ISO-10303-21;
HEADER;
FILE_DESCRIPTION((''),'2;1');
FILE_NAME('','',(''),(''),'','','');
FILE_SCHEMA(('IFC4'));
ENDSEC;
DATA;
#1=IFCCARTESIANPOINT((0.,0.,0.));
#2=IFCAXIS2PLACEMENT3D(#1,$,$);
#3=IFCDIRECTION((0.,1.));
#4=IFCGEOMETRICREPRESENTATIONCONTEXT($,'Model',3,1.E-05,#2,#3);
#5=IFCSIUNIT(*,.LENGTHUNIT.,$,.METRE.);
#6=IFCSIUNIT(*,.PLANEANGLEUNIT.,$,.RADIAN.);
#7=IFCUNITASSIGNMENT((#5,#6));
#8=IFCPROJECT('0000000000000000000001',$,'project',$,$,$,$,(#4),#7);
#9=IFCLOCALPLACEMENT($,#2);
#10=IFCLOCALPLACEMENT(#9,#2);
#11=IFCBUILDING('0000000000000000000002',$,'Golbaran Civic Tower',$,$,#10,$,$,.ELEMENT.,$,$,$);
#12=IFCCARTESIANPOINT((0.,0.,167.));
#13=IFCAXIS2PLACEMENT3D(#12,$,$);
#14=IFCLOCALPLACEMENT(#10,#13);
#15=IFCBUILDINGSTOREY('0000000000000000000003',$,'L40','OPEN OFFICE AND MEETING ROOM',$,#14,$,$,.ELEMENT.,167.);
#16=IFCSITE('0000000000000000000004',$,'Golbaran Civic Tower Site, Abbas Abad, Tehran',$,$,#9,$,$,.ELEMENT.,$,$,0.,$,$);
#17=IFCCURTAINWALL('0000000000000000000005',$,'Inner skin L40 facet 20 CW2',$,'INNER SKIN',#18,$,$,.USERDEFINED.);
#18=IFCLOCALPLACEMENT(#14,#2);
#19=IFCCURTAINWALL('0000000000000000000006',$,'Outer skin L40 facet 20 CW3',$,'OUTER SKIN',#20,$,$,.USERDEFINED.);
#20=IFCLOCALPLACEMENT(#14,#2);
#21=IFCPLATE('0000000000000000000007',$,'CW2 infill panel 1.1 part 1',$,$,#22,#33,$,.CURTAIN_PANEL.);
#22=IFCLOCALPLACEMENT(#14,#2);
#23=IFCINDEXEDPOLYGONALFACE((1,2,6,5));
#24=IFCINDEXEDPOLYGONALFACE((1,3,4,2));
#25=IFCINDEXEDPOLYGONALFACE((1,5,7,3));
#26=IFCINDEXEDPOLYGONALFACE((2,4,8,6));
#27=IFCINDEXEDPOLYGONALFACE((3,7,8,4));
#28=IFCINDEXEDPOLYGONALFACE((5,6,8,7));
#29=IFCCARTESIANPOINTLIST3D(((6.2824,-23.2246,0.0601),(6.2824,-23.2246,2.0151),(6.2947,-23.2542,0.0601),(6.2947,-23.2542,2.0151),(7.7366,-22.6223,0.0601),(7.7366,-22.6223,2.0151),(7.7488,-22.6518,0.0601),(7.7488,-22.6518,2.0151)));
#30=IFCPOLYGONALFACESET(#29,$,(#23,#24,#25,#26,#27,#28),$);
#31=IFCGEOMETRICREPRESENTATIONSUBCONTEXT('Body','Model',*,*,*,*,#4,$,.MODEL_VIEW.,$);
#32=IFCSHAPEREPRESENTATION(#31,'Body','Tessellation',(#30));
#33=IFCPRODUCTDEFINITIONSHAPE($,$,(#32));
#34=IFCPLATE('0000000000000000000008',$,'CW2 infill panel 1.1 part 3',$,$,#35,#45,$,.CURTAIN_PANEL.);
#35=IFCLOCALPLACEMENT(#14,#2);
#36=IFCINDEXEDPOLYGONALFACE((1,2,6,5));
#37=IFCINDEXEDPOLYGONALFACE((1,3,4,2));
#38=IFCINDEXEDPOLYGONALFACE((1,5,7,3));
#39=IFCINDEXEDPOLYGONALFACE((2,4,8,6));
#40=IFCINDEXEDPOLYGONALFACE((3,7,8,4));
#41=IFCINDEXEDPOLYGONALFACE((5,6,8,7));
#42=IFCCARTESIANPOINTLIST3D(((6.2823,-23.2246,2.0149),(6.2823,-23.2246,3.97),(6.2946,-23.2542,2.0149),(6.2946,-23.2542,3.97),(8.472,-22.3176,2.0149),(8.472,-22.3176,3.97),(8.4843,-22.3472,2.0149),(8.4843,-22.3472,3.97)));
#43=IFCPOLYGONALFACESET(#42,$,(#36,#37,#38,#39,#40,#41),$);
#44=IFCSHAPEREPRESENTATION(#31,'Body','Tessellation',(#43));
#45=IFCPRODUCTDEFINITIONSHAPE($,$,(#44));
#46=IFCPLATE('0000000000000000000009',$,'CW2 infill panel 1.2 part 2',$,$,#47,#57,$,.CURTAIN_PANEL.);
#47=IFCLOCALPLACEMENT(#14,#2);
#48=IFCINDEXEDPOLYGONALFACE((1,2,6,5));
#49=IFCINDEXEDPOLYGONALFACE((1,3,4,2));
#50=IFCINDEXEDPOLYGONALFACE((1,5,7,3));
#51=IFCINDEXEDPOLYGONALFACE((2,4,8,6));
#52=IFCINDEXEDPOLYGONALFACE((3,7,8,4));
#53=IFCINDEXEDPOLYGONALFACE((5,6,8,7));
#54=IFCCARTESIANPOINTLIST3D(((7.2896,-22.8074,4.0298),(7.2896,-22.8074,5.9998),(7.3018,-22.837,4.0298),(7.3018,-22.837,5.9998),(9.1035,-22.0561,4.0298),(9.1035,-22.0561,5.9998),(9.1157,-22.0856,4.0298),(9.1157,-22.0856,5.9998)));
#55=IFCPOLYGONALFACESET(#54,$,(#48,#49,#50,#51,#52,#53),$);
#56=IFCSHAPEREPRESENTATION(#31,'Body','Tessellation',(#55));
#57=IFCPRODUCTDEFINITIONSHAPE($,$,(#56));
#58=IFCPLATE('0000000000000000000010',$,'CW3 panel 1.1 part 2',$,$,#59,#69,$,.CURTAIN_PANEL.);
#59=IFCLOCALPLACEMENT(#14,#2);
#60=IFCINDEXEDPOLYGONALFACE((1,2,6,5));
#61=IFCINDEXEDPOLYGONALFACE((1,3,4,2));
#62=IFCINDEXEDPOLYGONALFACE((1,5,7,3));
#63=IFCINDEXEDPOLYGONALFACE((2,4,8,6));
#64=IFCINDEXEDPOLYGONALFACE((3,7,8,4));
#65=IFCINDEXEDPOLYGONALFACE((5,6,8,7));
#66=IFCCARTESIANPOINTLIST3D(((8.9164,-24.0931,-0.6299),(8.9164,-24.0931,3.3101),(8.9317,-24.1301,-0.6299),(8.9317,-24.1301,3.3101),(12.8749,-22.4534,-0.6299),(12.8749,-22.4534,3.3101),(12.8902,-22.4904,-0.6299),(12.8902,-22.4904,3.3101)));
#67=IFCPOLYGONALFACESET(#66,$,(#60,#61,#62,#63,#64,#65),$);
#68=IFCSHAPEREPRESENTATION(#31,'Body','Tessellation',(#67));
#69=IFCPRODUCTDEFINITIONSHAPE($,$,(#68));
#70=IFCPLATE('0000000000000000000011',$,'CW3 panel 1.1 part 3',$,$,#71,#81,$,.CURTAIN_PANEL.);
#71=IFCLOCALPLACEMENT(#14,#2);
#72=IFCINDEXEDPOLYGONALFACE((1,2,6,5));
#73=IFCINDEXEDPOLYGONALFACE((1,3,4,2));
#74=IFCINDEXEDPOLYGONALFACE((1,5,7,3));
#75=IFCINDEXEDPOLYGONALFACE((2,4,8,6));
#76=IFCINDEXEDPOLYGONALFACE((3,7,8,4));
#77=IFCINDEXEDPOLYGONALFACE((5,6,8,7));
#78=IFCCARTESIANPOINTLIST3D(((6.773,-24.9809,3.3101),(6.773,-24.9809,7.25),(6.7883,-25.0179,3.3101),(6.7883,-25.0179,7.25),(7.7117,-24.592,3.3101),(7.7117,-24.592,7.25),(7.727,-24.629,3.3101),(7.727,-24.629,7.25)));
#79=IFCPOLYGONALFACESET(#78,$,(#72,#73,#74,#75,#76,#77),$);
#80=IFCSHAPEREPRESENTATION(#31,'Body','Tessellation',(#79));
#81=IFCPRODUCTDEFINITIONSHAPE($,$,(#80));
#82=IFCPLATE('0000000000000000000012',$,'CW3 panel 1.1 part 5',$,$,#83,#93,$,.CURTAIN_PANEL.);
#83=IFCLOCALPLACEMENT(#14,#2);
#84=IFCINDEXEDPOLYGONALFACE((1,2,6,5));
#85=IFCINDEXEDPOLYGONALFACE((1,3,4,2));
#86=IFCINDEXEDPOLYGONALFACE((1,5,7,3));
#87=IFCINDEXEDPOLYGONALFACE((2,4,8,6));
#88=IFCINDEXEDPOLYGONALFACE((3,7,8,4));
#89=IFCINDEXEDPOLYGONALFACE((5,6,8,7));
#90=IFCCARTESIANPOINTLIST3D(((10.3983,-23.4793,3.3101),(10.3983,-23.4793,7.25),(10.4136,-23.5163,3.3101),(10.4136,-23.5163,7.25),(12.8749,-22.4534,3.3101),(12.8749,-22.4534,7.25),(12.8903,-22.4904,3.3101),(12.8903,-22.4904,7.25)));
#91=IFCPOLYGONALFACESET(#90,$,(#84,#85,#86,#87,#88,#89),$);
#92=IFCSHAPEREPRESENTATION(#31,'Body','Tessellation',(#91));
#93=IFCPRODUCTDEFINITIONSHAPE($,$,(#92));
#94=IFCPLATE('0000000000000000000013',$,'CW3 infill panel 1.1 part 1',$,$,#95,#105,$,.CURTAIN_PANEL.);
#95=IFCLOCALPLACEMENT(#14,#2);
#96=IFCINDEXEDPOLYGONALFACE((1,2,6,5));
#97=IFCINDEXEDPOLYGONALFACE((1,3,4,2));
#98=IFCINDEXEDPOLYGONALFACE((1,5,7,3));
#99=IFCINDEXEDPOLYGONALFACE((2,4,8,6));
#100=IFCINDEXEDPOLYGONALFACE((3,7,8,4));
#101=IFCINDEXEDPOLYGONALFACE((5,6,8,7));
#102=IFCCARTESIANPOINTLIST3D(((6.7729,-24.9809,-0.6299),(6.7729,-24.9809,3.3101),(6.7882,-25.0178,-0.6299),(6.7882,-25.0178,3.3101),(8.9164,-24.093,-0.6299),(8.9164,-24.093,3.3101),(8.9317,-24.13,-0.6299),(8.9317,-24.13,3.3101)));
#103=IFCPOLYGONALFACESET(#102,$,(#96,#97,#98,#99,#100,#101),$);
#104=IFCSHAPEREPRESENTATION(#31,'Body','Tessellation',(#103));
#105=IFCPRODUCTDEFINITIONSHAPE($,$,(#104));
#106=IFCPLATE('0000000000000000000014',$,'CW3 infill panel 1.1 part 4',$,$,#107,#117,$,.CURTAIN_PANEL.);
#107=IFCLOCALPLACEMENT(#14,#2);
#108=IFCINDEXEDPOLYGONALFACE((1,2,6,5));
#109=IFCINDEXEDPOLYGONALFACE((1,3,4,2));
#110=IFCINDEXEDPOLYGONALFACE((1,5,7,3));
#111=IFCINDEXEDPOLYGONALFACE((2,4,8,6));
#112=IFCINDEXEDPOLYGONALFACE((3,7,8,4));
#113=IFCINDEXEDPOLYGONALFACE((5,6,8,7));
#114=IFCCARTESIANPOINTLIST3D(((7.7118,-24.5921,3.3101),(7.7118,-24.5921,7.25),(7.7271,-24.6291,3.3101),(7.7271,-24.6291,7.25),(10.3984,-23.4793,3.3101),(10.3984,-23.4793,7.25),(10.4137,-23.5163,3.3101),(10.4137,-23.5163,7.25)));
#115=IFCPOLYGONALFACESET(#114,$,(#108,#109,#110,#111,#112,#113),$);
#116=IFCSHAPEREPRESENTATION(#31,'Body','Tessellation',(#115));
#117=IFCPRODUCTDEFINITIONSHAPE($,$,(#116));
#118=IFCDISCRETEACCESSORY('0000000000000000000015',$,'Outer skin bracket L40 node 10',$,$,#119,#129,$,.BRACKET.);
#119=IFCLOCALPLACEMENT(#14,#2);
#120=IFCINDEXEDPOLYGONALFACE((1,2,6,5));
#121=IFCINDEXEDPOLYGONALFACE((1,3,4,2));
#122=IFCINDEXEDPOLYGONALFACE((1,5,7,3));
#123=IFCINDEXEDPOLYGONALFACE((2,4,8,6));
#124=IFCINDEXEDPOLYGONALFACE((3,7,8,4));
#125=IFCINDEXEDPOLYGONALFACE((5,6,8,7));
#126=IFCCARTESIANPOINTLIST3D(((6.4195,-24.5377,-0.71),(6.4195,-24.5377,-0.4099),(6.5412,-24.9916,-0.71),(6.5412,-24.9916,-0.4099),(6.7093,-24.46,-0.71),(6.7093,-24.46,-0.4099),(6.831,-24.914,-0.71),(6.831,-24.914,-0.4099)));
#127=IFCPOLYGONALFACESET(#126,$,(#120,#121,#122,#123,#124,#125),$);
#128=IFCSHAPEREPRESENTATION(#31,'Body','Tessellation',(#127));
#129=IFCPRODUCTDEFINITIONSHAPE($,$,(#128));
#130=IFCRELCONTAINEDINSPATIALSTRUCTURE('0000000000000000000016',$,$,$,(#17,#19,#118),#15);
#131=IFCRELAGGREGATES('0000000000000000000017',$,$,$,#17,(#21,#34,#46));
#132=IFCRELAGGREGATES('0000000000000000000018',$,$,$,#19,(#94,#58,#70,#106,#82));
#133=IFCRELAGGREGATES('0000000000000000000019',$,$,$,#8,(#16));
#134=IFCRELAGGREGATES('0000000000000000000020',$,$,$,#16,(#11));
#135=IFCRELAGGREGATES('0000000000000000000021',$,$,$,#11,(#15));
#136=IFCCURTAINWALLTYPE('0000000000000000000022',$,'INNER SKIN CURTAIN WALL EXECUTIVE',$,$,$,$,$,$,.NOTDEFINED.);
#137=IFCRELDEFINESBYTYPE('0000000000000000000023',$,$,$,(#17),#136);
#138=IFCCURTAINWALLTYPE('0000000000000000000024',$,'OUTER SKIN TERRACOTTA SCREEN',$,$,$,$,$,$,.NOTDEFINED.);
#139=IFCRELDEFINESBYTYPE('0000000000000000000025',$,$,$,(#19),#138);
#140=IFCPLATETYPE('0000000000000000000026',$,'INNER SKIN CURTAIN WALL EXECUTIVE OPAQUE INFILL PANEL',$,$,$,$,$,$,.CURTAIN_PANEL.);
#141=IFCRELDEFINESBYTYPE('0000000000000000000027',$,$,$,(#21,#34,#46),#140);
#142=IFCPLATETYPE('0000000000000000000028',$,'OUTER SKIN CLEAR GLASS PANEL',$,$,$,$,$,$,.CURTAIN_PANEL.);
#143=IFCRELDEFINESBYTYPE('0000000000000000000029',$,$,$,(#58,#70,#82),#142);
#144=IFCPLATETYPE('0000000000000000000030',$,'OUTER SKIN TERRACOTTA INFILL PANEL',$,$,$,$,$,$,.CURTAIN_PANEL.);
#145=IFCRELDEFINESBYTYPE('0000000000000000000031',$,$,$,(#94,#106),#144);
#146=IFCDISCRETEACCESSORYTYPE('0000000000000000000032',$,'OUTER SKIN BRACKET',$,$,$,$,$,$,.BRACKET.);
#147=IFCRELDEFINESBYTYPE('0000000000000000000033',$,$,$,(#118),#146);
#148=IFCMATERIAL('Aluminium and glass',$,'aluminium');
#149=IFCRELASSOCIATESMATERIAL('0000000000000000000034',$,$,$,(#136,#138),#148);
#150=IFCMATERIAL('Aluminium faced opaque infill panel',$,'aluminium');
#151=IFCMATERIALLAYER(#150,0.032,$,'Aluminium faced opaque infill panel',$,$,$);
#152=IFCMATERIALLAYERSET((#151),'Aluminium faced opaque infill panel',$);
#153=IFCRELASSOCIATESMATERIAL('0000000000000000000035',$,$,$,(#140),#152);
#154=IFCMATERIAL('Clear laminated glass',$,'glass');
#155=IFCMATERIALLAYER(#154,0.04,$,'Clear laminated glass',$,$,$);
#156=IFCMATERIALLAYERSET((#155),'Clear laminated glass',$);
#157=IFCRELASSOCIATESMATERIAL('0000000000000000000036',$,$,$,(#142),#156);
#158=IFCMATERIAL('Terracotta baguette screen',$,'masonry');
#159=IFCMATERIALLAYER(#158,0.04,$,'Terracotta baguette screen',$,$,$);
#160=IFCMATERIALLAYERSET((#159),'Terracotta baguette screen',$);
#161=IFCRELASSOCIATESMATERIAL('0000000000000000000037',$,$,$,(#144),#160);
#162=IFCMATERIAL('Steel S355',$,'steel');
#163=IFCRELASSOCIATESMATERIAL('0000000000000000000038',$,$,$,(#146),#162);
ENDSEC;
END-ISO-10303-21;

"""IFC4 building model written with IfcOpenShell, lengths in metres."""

from ifc_helpers import new_model, si_unit, direction, frame, origin, origin_2d, place, context, subcontext, project, spatial, rectangle, extrude, material, layer, layer_set, type_object, element, aggregate, save


model = new_model("IFC4")

# Units and contexts
model_context = context("Model", 3, precision=1e-05, world=origin(), true_north=direction((0.0, 1.0)))
body_context = subcontext(model_context, "Body", "Model", "MODEL_VIEW")
ifc_project = project(units=[si_unit("LENGTHUNIT", "METRE"), si_unit("PLANEANGLEUNIT", "RADIAN")], contexts=[model_context])

# Site, building, storey
site_placement = place(None, origin())
site = spatial("IfcSite", under=ifc_project, at=site_placement, Name="Golbaran Civic Tower Site, Abbas Abad, Tehran", CompositionType="ELEMENT", RefElevation=0.0)
building_placement = place(site_placement, origin())
building = spatial("IfcBuilding", under=site, at=building_placement, Name="Golbaran Civic Tower", CompositionType="ELEMENT")
storey_placement = place(building_placement, frame((0.0, 0.0, 167.0)))
storey = spatial("IfcBuildingStorey", under=building, at=storey_placement, Name="L40", Description="OPEN OFFICE AND MEETING ROOM", CompositionType="ELEMENT", Elevation=167.0)

# Shared definitions
ifc_material_1 = material(Name="Steel S355", Category="steel")

# Curtain wall
ifc_material_2 = material(Name="Aluminium and glass", Category="aluminium")
curtain_wall_type_1 = type_object("IfcCurtainWallType", Name="INNER SKIN CURTAIN WALL EXECUTIVE", PredefinedType="NOTDEFINED", material=ifc_material_2)
curtain_wall_1_placement = place(storey_placement, origin())
curtain_wall_1 = element("IfcCurtainWall", 1, at=curtain_wall_1_placement, inside=storey, type_object=curtain_wall_type_1, Name="Inner skin L40 facet 20 CW2", ObjectType="INNER SKIN", PredefinedType="USERDEFINED")

# Shared definitions
curtain_wall_type_2 = type_object("IfcCurtainWallType", Name="OUTER SKIN TERRACOTTA SCREEN", PredefinedType="NOTDEFINED", material=ifc_material_2)

# Curtain wall
curtain_wall_2_placement = place(storey_placement, origin())
curtain_wall_2 = element("IfcCurtainWall", 2, at=curtain_wall_2_placement, inside=storey, type_object=curtain_wall_type_2, Name="Outer skin L40 facet 20 CW3", ObjectType="OUTER SKIN", PredefinedType="USERDEFINED")

# Plates
ifc_material_3 = material(Name="Aluminium faced opaque infill panel", Category="aluminium")
ifc_layer_1 = layer(ifc_material_3, 0.032, Name="Aluminium faced opaque infill panel")
ifc_layer_set_1 = layer_set([ifc_layer_1], Name="Aluminium faced opaque infill panel")
plate_type_1 = type_object("IfcPlateType", Name="INNER SKIN CURTAIN WALL EXECUTIVE OPAQUE INFILL PANEL", PredefinedType="CURTAIN_PANEL", material=ifc_layer_set_1)
plate_1_placement = place(storey_placement, frame((7.0156, -22.9382, 0.0601), z_axis=(0.0, 0.0, 1.0), x_axis=(0.92388, 0.382683, 0.0)))
plate_1 = element("IfcPlate", 3, at=plate_1_placement, type_object=plate_type_1, Name="CW2 infill panel 1.1 part 1", PredefinedType="CURTAIN_PANEL", context=body_context, shape_type="SweptSolid", body=[
    extrude(rectangle(XDim=1.574, YDim=0.032, at=origin_2d()), origin(), (0.0, 0.0, 1.0), 1.9551),
])
plate_2_placement = place(storey_placement, frame((7.3833, -22.7859, 2.0149), z_axis=(0.0, 0.0, 1.0), x_axis=(0.92388, 0.382683, 0.0)))
plate_2 = element("IfcPlate", 4, at=plate_2_placement, type_object=plate_type_1, Name="CW2 infill panel 1.1 part 3", PredefinedType="CURTAIN_PANEL", context=body_context, shape_type="SweptSolid", body=[
    extrude(rectangle(XDim=2.3701, YDim=0.032, at=origin_2d()), origin(), (0.0, 0.0, 1.0), 1.9551),
])
plate_3_placement = place(storey_placement, frame((8.2026, -22.4465, 4.0298), z_axis=(0.0, 0.0, 1.0), x_axis=(0.92388, 0.382683, 0.0)))
plate_3 = element("IfcPlate", 5, at=plate_3_placement, type_object=plate_type_1, Name="CW2 infill panel 1.2 part 2", PredefinedType="CURTAIN_PANEL", context=body_context, shape_type="SweptSolid", body=[
    extrude(rectangle(XDim=1.9634, YDim=0.032, at=origin_2d()), origin(), (0.0, 0.0, 1.0), 1.97),
])
aggregate(curtain_wall_1, [plate_1, plate_2, plate_3])
ifc_material_4 = material(Name="Clear laminated glass", Category="glass")
ifc_layer_2 = layer(ifc_material_4, 0.04, Name="Clear laminated glass")
ifc_layer_set_2 = layer_set([ifc_layer_2], Name="Clear laminated glass")
plate_type_2 = type_object("IfcPlateType", Name="OUTER SKIN CLEAR GLASS PANEL", PredefinedType="CURTAIN_PANEL", material=ifc_layer_set_2)
plate_4_placement = place(storey_placement, frame((10.9033, -23.2917, -0.6299), z_axis=(0.0, 0.0, 1.0), x_axis=(0.92388, 0.382683, 0.0)))
plate_4 = element("IfcPlate", 6, at=plate_4_placement, type_object=plate_type_2, Name="CW3 panel 1.1 part 2", PredefinedType="CURTAIN_PANEL", context=body_context, shape_type="SweptSolid", body=[
    extrude(rectangle(XDim=4.2847, YDim=0.04, at=origin_2d()), origin(), (0.0, 0.0, 1.0), 3.9399),
])
plate_5_placement = place(storey_placement, frame((7.25, -24.8049, 3.3101), z_axis=(0.0, 0.0, 1.0), x_axis=(0.92388, 0.382683, 0.0)))
plate_5 = element("IfcPlate", 7, at=plate_5_placement, type_object=plate_type_2, Name="CW3 panel 1.1 part 3", PredefinedType="CURTAIN_PANEL", context=body_context, shape_type="SweptSolid", body=[
    extrude(rectangle(XDim=1.0161, YDim=0.04, at=origin_2d()), origin(), (0.0, 0.0, 1.0), 3.9399),
])
plate_6_placement = place(storey_placement, frame((11.6443, -22.9849, 3.3101), z_axis=(0.0, 0.0, 1.0), x_axis=(0.92388, 0.382683, 0.0)))
plate_6 = element("IfcPlate", 8, at=plate_6_placement, type_object=plate_type_2, Name="CW3 panel 1.1 part 5", PredefinedType="CURTAIN_PANEL", context=body_context, shape_type="SweptSolid", body=[
    extrude(rectangle(XDim=2.6807, YDim=0.04, at=origin_2d()), origin(), (0.0, 0.0, 1.0), 3.9399),
])
ifc_material_5 = material(Name="Terracotta baguette screen", Category="masonry")
ifc_layer_3 = layer(ifc_material_5, 0.04, Name="Terracotta baguette screen")
ifc_layer_set_3 = layer_set([ifc_layer_3], Name="Terracotta baguette screen")
plate_type_3 = type_object("IfcPlateType", Name="OUTER SKIN TERRACOTTA INFILL PANEL", PredefinedType="CURTAIN_PANEL", material=ifc_layer_set_3)
plate_7_placement = place(storey_placement, frame((7.8523, -24.5554, -0.6299), z_axis=(0.0, 0.0, 1.0), x_axis=(0.92388, 0.382683, 0.0)))
plate_7 = element("IfcPlate", 9, at=plate_7_placement, type_object=plate_type_3, Name="CW3 infill panel 1.1 part 1", PredefinedType="CURTAIN_PANEL", context=body_context, shape_type="SweptSolid", body=[
    extrude(rectangle(XDim=2.3201, YDim=0.04, at=origin_2d()), origin(), (0.0, 0.0, 1.0), 3.9399),
])
plate_8_placement = place(storey_placement, frame((9.0627, -24.0542, 3.3101), z_axis=(0.0, 0.0, 1.0), x_axis=(0.92388, 0.382683, 0.0)))
plate_8 = element("IfcPlate", 10, at=plate_8_placement, type_object=plate_type_3, Name="CW3 infill panel 1.1 part 4", PredefinedType="CURTAIN_PANEL", context=body_context, shape_type="SweptSolid", body=[
    extrude(rectangle(XDim=2.908, YDim=0.04, at=origin_2d()), origin(), (0.0, 0.0, 1.0), 3.9399),
])
aggregate(curtain_wall_2, [plate_7, plate_4, plate_5, plate_8, plate_6])

# Discrete accessory
discrete_accessory_type = type_object("IfcDiscreteAccessoryType", Name="OUTER SKIN BRACKET", PredefinedType="BRACKET", material=ifc_material_1)
discrete_accessory_placement = place(storey_placement, frame((6.6252, -24.7258, -0.71), z_axis=(0.0, 0.0, 1.0), x_axis=(0.258819, -0.965926, 0.0)))
element("IfcDiscreteAccessory", 11, at=discrete_accessory_placement, inside=storey, type_object=discrete_accessory_type, Name="Outer skin bracket L40 node 10", PredefinedType="BRACKET", context=body_context, shape_type="SweptSolid", body=[
    extrude(rectangle(XDim=0.47, YDim=0.3, at=origin_2d()), origin(), (0.0, 0.0, 1.0), 0.3),
])

save(model, "model.ifc")
